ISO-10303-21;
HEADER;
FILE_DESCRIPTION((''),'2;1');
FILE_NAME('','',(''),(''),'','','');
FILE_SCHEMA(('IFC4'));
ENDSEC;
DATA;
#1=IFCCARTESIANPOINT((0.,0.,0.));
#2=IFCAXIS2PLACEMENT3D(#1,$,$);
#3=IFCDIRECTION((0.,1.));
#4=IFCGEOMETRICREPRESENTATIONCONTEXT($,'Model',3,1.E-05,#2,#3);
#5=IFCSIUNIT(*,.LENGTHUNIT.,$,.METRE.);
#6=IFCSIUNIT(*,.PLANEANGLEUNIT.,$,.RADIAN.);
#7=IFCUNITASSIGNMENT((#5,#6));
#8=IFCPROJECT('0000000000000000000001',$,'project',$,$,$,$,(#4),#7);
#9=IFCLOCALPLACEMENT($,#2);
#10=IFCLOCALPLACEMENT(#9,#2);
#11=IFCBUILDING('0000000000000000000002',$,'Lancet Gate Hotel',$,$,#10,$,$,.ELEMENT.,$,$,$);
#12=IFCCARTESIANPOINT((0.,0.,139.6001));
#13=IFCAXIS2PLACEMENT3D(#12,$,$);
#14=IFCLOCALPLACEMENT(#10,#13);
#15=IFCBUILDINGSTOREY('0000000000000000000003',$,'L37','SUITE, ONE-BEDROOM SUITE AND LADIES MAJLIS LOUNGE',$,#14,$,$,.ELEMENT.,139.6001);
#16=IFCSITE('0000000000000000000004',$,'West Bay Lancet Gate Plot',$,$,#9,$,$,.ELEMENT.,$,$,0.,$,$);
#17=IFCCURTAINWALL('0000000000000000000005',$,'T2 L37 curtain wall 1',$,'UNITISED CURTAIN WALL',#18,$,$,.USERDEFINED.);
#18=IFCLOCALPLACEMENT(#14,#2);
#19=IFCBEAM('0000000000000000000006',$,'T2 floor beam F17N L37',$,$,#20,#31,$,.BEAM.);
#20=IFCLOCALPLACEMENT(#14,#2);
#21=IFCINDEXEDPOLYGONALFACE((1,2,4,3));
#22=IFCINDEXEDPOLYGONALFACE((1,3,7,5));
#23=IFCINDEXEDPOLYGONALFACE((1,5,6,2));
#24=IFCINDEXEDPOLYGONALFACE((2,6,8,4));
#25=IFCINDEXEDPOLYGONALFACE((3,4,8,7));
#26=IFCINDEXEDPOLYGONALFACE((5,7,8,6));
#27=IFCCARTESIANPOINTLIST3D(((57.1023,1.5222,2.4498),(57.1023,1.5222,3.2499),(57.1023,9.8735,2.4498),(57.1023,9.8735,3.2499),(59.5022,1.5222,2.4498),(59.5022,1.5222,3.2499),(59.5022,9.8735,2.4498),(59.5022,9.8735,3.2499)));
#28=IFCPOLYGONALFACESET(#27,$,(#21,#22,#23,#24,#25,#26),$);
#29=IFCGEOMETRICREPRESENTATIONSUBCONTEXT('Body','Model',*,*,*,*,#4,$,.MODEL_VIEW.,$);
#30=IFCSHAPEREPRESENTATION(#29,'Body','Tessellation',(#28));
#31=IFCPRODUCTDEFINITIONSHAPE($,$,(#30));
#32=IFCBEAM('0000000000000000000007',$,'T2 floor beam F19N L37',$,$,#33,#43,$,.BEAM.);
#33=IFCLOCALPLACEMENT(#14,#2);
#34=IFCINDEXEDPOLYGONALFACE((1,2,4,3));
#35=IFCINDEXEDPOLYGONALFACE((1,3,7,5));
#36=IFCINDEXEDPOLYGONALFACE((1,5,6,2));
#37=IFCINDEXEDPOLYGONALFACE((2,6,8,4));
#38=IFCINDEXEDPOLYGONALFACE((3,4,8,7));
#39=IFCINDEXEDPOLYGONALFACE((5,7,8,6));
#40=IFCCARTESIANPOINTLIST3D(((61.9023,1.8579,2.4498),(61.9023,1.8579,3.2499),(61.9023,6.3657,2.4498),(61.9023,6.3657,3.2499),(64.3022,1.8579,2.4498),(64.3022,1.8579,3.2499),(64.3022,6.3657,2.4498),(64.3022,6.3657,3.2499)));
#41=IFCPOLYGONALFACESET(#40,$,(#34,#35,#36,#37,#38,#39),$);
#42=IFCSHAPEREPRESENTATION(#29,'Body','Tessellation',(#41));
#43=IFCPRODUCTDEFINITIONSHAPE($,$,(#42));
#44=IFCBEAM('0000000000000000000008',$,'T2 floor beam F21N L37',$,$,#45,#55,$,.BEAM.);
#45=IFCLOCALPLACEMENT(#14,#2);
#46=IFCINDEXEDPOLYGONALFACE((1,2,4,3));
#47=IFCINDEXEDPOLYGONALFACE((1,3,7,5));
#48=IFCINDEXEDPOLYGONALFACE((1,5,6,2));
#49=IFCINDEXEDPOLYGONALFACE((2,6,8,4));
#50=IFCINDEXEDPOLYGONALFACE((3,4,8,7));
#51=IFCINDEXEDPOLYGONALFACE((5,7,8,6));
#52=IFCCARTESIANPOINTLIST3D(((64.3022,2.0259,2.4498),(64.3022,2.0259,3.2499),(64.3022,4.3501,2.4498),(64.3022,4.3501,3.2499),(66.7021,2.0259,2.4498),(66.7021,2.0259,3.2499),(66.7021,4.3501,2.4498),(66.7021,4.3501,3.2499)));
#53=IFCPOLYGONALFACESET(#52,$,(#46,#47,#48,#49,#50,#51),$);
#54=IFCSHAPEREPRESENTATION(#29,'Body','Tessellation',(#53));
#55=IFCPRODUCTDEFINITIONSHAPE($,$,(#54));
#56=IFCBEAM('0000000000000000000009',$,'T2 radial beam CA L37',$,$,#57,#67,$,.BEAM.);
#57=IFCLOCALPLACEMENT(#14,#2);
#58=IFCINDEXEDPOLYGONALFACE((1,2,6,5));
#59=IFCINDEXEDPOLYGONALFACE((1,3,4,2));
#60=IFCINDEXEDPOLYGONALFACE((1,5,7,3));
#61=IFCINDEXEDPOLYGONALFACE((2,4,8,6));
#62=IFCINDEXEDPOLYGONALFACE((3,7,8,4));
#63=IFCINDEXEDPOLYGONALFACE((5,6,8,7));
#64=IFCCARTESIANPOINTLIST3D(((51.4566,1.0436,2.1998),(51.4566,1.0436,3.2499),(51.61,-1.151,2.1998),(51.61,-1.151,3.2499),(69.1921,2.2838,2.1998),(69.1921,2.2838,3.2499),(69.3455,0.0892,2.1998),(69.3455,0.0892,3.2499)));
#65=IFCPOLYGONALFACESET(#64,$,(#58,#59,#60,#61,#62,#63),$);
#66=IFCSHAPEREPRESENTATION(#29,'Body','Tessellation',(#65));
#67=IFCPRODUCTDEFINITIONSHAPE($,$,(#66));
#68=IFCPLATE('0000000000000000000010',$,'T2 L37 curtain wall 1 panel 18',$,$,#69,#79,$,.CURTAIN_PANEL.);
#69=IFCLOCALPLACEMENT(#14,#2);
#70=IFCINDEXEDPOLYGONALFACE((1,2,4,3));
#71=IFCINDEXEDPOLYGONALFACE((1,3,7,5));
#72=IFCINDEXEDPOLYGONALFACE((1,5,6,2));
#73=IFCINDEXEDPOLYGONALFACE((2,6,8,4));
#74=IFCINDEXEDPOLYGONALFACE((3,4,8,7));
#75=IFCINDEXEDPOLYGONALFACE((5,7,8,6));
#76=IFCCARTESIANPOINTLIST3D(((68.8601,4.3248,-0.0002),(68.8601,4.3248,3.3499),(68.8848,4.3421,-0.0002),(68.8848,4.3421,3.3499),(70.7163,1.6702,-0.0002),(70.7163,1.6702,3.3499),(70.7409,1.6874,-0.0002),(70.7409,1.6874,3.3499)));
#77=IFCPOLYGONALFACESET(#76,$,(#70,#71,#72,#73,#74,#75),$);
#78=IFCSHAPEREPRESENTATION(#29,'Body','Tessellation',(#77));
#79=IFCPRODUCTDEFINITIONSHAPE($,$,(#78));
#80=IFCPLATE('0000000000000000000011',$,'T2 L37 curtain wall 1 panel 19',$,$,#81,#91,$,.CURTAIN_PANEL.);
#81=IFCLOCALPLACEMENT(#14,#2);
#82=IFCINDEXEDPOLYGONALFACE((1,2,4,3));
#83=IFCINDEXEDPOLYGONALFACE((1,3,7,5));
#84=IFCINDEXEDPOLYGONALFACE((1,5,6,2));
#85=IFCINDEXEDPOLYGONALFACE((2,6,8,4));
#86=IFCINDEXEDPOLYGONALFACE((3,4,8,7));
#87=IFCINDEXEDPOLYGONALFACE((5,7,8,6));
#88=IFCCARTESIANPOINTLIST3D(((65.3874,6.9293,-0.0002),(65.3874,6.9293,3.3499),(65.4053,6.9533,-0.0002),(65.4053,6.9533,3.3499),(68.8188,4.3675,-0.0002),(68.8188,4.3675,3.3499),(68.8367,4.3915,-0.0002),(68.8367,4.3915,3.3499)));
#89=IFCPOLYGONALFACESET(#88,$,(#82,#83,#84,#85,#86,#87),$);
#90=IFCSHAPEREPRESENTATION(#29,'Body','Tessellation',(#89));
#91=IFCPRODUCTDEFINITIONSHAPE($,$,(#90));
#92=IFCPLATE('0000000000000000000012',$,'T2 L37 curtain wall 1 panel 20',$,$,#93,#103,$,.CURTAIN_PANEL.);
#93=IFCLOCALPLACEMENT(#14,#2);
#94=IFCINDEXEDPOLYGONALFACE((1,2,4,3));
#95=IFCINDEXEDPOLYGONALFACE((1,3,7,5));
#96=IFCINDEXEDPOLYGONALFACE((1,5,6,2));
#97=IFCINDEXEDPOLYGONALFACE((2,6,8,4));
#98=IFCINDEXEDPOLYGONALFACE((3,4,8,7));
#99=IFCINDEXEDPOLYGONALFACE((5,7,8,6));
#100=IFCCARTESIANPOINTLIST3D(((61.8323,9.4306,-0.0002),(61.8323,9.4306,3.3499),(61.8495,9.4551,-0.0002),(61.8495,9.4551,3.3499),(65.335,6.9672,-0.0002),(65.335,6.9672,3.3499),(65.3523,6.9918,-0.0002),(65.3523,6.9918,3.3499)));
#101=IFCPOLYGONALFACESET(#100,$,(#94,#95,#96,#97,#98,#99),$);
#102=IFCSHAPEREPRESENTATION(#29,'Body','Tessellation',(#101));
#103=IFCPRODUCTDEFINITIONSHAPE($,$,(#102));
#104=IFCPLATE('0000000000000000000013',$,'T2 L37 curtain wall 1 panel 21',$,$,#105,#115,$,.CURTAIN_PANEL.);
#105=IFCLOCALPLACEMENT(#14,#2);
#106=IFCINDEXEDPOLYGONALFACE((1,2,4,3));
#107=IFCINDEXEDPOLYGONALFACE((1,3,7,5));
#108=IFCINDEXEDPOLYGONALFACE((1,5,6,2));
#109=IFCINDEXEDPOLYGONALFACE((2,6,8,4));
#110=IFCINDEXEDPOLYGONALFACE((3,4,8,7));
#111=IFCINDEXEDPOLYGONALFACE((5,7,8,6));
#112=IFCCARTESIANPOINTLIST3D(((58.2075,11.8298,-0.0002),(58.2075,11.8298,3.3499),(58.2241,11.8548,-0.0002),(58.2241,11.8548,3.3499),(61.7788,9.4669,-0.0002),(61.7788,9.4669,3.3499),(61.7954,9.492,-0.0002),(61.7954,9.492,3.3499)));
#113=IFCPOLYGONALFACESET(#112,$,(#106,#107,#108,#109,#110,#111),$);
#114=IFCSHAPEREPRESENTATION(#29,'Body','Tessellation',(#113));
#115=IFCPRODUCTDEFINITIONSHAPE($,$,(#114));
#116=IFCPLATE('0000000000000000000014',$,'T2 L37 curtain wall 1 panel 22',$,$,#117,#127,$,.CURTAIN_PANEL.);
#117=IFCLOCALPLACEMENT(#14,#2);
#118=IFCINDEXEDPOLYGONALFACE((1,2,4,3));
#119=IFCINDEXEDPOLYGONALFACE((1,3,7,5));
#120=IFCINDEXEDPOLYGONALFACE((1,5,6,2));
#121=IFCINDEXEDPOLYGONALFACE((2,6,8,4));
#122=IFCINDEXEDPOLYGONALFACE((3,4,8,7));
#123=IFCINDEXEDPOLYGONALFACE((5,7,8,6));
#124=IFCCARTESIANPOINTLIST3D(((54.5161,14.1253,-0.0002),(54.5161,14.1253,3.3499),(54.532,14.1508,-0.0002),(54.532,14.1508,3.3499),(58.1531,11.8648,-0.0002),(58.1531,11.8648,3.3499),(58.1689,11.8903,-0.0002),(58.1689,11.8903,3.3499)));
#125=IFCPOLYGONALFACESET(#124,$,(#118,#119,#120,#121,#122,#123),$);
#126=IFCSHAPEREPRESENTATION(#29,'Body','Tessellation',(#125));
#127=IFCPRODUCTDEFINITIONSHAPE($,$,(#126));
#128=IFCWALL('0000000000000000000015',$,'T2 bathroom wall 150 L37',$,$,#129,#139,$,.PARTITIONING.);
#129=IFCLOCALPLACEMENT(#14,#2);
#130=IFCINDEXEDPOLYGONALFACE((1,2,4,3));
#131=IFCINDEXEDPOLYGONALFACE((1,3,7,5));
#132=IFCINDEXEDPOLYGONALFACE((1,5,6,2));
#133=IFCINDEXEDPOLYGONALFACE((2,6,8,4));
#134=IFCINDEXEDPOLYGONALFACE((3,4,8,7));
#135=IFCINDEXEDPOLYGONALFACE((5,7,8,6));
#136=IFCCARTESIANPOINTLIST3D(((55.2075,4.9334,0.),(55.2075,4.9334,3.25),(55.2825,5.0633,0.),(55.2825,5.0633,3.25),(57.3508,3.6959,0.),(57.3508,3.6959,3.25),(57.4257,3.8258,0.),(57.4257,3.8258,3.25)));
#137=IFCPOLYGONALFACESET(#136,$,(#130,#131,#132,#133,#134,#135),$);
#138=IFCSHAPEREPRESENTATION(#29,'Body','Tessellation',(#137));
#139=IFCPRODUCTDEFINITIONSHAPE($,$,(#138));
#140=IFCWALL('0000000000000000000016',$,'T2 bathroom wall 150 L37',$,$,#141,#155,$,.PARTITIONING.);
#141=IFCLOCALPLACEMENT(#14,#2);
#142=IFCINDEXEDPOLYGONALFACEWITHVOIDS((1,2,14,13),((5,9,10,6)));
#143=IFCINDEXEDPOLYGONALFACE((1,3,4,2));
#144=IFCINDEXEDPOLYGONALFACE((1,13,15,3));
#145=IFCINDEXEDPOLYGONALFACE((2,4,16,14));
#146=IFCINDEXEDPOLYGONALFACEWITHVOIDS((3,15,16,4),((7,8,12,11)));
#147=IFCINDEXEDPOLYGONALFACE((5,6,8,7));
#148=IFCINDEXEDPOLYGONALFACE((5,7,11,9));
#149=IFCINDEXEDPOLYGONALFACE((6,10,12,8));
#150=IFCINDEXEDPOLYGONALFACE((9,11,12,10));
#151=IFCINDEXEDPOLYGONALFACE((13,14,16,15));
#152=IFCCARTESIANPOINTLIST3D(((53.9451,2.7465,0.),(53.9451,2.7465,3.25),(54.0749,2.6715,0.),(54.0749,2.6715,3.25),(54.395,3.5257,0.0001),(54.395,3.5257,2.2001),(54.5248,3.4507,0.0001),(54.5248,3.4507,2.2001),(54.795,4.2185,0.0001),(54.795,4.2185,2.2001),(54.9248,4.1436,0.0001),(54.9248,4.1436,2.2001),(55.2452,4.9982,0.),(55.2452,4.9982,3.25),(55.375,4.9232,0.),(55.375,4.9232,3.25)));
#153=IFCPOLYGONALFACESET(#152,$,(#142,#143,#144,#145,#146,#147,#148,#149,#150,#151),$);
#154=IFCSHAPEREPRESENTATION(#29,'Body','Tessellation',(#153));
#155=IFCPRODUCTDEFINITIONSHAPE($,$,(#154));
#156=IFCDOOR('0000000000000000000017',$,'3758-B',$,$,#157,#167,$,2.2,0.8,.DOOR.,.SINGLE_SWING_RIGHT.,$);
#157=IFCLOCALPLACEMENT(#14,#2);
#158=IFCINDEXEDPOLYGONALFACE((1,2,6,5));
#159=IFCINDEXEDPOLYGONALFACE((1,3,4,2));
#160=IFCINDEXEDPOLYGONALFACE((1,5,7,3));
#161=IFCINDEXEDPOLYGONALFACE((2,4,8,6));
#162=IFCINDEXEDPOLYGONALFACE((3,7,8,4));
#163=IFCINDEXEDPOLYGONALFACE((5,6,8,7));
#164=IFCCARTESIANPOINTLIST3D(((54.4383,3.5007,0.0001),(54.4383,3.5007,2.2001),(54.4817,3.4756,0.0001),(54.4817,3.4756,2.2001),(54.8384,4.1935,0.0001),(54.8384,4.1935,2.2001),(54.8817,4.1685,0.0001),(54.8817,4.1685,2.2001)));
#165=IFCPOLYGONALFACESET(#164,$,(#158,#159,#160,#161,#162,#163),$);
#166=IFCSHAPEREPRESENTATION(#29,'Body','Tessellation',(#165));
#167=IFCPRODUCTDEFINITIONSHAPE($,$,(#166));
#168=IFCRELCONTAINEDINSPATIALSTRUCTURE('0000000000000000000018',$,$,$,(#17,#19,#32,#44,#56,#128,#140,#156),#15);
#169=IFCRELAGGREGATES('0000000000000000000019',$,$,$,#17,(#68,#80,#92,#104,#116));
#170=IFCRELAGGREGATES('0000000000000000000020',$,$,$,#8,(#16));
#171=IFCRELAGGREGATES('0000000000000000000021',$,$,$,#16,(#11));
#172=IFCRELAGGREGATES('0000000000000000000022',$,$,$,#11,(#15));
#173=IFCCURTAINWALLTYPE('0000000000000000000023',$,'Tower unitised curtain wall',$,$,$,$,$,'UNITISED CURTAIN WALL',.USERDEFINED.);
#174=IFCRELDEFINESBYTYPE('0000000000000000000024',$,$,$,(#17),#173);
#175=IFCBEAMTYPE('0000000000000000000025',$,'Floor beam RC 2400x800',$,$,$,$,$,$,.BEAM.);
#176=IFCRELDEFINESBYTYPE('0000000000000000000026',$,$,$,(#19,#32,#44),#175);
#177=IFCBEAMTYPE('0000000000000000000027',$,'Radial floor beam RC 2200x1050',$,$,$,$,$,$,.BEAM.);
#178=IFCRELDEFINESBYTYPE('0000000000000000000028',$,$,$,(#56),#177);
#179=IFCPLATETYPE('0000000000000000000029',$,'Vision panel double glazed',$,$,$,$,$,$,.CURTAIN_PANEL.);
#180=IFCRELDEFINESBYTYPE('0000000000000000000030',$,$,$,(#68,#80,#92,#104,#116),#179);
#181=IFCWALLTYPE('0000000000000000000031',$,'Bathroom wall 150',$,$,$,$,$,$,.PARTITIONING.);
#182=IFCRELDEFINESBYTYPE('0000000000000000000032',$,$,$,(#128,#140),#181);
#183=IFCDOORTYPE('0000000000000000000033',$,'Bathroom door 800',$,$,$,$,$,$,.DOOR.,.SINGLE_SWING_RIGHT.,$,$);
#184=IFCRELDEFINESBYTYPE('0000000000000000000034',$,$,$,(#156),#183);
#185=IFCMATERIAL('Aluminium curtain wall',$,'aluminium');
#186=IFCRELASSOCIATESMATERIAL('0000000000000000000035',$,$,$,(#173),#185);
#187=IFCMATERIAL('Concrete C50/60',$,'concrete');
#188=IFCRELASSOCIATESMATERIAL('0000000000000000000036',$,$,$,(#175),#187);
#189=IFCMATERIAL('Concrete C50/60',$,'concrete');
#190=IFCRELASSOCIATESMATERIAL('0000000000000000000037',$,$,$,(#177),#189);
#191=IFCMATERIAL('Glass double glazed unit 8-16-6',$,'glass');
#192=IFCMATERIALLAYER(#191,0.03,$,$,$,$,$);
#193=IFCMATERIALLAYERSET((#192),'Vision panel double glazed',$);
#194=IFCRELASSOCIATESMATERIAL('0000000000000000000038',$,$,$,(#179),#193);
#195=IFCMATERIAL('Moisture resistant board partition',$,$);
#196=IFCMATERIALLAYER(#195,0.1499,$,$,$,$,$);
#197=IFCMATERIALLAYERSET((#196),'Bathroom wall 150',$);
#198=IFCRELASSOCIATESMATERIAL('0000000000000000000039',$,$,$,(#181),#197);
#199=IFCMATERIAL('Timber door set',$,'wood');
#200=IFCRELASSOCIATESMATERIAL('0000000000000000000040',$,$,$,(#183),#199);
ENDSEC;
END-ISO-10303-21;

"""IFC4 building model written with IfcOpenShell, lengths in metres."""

from ifc_helpers import new_model, si_unit, direction, frame, frame_2d, origin, origin_2d, place, context, subcontext, project, spatial, rectangle, extrude, material, layer, layer_set, material_profile, profile_set, type_object, element, fill, aggregate, save


model = new_model("IFC4")

# Units and contexts
model_context = context("Model", 3, precision=1e-05, world=origin(), true_north=direction((0.0, 1.0)))
body_context = subcontext(model_context, "Body", "Model", "MODEL_VIEW")
ifc_project = project(units=[si_unit("LENGTHUNIT", "METRE"), si_unit("PLANEANGLEUNIT", "RADIAN")], contexts=[model_context])

# Site, building, storey
site_placement = place(None, origin())
site = spatial("IfcSite", under=ifc_project, at=site_placement, Name="West Bay Lancet Gate Plot", CompositionType="ELEMENT", RefElevation=0.0)
building_placement = place(site_placement, origin())
building = spatial("IfcBuilding", under=site, at=building_placement, Name="Lancet Gate Hotel", CompositionType="ELEMENT")
storey_placement = place(building_placement, frame((0.0, 0.0, 139.6001)))
storey = spatial("IfcBuildingStorey", under=building, at=storey_placement, Name="L37", Description="SUITE, ONE-BEDROOM SUITE AND LADIES MAJLIS LOUNGE", CompositionType="ELEMENT", Elevation=139.6001)

# Curtain wall
ifc_material_1 = material(Name="Aluminium curtain wall", Category="aluminium")
curtain_wall_type = type_object("IfcCurtainWallType", Name="Tower unitised curtain wall", ElementType="UNITISED CURTAIN WALL", PredefinedType="USERDEFINED", material=ifc_material_1)
curtain_wall_placement = place(storey_placement, origin())
curtain_wall = element("IfcCurtainWall", 1, at=curtain_wall_placement, inside=storey, type_object=curtain_wall_type, Name="T2 L37 curtain wall 1", ObjectType="UNITISED CURTAIN WALL", PredefinedType="USERDEFINED")

# Beams
ifc_material_2 = material(Name="Concrete C50/60", Category="concrete")
ifc_material_profile_1 = material_profile(ifc_material_2, rectangle(XDim=2.3999, YDim=0.8, at=origin_2d()), Name="RC 2400x800")
ifc_profile_set_1 = profile_set([ifc_material_profile_1], Name="Concrete C50/60")
beam_type_1 = type_object("IfcBeamType", Name="Floor beam RC 2400x800", PredefinedType="BEAM", material=ifc_profile_set_1)
beam_1_placement = place(storey_placement, frame((58.3022, 1.5222, 2.8499), z_axis=(0.0, 1.0, 0.0), x_axis=(-1.0, 0.0, 0.0)))
element("IfcBeam", 2, at=beam_1_placement, inside=storey, type_object=beam_type_1, Name="T2 floor beam F17N L37", PredefinedType="BEAM", context=body_context, shape_type="SweptSolid", body=[
    extrude(rectangle(XDim=2.3999, YDim=0.8, at=origin_2d()), origin(), (0.0, 0.0, 1.0), 8.3513),
])
beam_2_placement = place(storey_placement, frame((63.1023, 1.8579, 2.8499), z_axis=(0.0, 1.0, 0.0), x_axis=(-1.0, 0.0, 0.0)))
element("IfcBeam", 3, at=beam_2_placement, inside=storey, type_object=beam_type_1, Name="T2 floor beam F19N L37", PredefinedType="BEAM", context=body_context, shape_type="SweptSolid", body=[
    extrude(rectangle(XDim=2.3999, YDim=0.8, at=origin_2d()), origin(), (0.0, 0.0, 1.0), 4.5078),
])
beam_3_placement = place(storey_placement, frame((65.5022, 2.0259, 2.8499), z_axis=(0.0, 1.0, 0.0), x_axis=(-1.0, 0.0, 0.0)))
element("IfcBeam", 4, at=beam_3_placement, inside=storey, type_object=beam_type_1, Name="T2 floor beam F21N L37", PredefinedType="BEAM", context=body_context, shape_type="SweptSolid", body=[
    extrude(rectangle(XDim=2.3999, YDim=0.8, at=origin_2d()), origin(), (0.0, 0.0, 1.0), 2.3242),
])
ifc_material_3 = material(Name="Concrete C50/60", Category="concrete")
ifc_material_profile_2 = material_profile(ifc_material_3, rectangle(XDim=2.2, YDim=1.05, at=origin_2d()), Name="RC 2200x1050")
ifc_profile_set_2 = profile_set([ifc_material_profile_2], Name="Concrete C50/60")
beam_type_2 = type_object("IfcBeamType", Name="Radial floor beam RC 2200x1050", PredefinedType="BEAM", material=ifc_profile_set_2)
beam_4_placement = place(storey_placement, frame((69.2688, 1.1865, 2.7249), z_axis=(-0.997564, -0.069759, 0.0), x_axis=(0.069759, -0.997564, 0.0)))
element("IfcBeam", 5, at=beam_4_placement, inside=storey, type_object=beam_type_2, Name="T2 radial beam CA L37", PredefinedType="BEAM", context=body_context, shape_type="SweptSolid", body=[
    extrude(rectangle(XDim=2.2, YDim=1.05, at=origin_2d()), origin(), (0.0, 0.0, 1.0), 17.7788),
])

# Plates
ifc_material_4 = material(Name="Glass double glazed unit 8-16-6", Category="glass")
ifc_layer_1 = layer(ifc_material_4, 0.03)
ifc_layer_set_1 = layer_set([ifc_layer_1], Name="Vision panel double glazed")
plate_type = type_object("IfcPlateType", Name="Vision panel double glazed", PredefinedType="CURTAIN_PANEL", material=ifc_layer_set_1)
plate_1_placement = place(storey_placement, frame((69.8005, 3.0061, -0.0002), z_axis=(0.0, 0.0, 1.0), x_axis=(-0.573025, 0.819538, 0.0)))
plate_1 = element("IfcPlate", 6, at=plate_1_placement, type_object=plate_type, Name="T2 L37 curtain wall 1 panel 18", PredefinedType="CURTAIN_PANEL", context=body_context, shape_type="SweptSolid", body=[
    extrude(rectangle(XDim=3.2393, YDim=0.03, at=origin_2d()), origin(), (0.0, 0.0, 1.0), 3.3501),
])
plate_2_placement = place(storey_placement, frame((67.1121, 5.6604, -0.0002), z_axis=(0.0, 0.0, 1.0), x_axis=(-0.801314, 0.598244, 0.0)))
plate_2 = element("IfcPlate", 7, at=plate_2_placement, type_object=plate_type, Name="T2 L37 curtain wall 1 panel 19", PredefinedType="CURTAIN_PANEL", context=body_context, shape_type="SweptSolid", body=[
    extrude(rectangle(XDim=4.2822, YDim=0.03, at=origin_2d()), origin(), (0.0, 0.0, 1.0), 3.3501),
])
plate_3_placement = place(storey_placement, frame((63.5923, 8.2112, -0.0002), z_axis=(0.0, 0.0, 1.0), x_axis=(-0.817979, 0.575247, 0.0)))
plate_3 = element("IfcPlate", 8, at=plate_3_placement, type_object=plate_type, Name="T2 L37 curtain wall 1 panel 20", PredefinedType="CURTAIN_PANEL", context=body_context, shape_type="SweptSolid", body=[
    extrude(rectangle(XDim=4.2822, YDim=0.03, at=origin_2d()), origin(), (0.0, 0.0, 1.0), 3.3501),
])
plate_4_placement = place(storey_placement, frame((60.0015, 10.6609, -0.0002), z_axis=(0.0, 0.0, 1.0), x_axis=(-0.833985, 0.551787, 0.0)))
plate_4 = element("IfcPlate", 9, at=plate_4_placement, type_object=plate_type, Name="T2 L37 curtain wall 1 panel 21", PredefinedType="CURTAIN_PANEL", context=body_context, shape_type="SweptSolid", body=[
    extrude(rectangle(XDim=4.2822, YDim=0.03, at=origin_2d()), origin(), (0.0, 0.0, 1.0), 3.3501),
])
plate_5_placement = place(storey_placement, frame((56.3425, 13.0078, -0.0002), z_axis=(0.0, 0.0, 1.0), x_axis=(-0.849318, 0.527882, 0.0)))
plate_5 = element("IfcPlate", 10, at=plate_5_placement, type_object=plate_type, Name="T2 L37 curtain wall 1 panel 22", PredefinedType="CURTAIN_PANEL", context=body_context, shape_type="SweptSolid", body=[
    extrude(rectangle(XDim=4.2822, YDim=0.03, at=origin_2d()), origin(), (0.0, 0.0, 1.0), 3.3501),
])
aggregate(curtain_wall, [plate_1, plate_2, plate_3, plate_4, plate_5])

# Wall
ifc_material_5 = material(Name="Moisture resistant board partition")
ifc_layer_2 = layer(ifc_material_5, 0.1499)
ifc_layer_set_2 = layer_set([ifc_layer_2], Name="Bathroom wall 150")
wall_type = type_object("IfcWallType", Name="Bathroom wall 150", PredefinedType="PARTITIONING", material=ifc_layer_set_2)
wall_1_placement = place(storey_placement, frame((55.2451, 4.9983, 0.0), z_axis=(0.0, 0.0, 1.0), x_axis=(0.866007, -0.500033, 0.0)))
element("IfcWall", 11, at=wall_1_placement, inside=storey, type_object=wall_type, Name="T2 bathroom wall 150 L37", PredefinedType="PARTITIONING", context=body_context, shape_type="SweptSolid", body=[
    extrude(rectangle(XDim=2.4749, YDim=0.1499, at=frame_2d((1.2373, 0.0))), origin(), (0.0, 0.0, 1.0), 3.25),
])

# Wall, opening, door
wall_2_placement = place(storey_placement, frame((54.01, 2.709, 0.0), z_axis=(0.0, 0.0, 1.0), x_axis=(0.500007, 0.866021, 0.0)))
wall_2 = element("IfcWall", 12, at=wall_2_placement, inside=storey, type_object=wall_type, Name="T2 bathroom wall 150 L37", PredefinedType="PARTITIONING", context=body_context, shape_type="SweptSolid", body=[
    extrude(rectangle(XDim=2.6001, YDim=0.1499, at=frame_2d((1.3, 0.0))), origin(), (0.0, 0.0, 1.0), 3.25),
])
opening_placement = place(wall_2_placement, frame((0.8999, 0.0, 0.0)))
opening = element("IfcOpeningElement", 13, at=opening_placement, cuts=wall_2, PredefinedType="OPENING", context=body_context, shape_type="SweptSolid", body=[
    extrude(rectangle(XDim=0.8, YDim=2.2, at=frame_2d((0.3999, 1.1001))), frame((0.0, 0.085, 0.0), z_axis=(0.0, -1.0, 0.0), x_axis=(1.0, 0.0, 0.0)), (0.0, 0.0, 1.0), 0.1699),
])
ifc_material_6 = material(Name="Timber door set", Category="wood")
door_type = type_object("IfcDoorType", Name="Bathroom door 800", OperationType="SINGLE_SWING_RIGHT", PredefinedType="DOOR", material=ifc_material_6)
door_placement = place(opening_placement, origin())
door = element("IfcDoor", 14, at=door_placement, inside=storey, type_object=door_type, Name="3758-B", OperationType="SINGLE_SWING_RIGHT", OverallHeight=2.2, OverallWidth=0.8, PredefinedType="DOOR", context=body_context, shape_type="SweptSolid", body=[
    extrude(rectangle(XDim=0.8, YDim=2.2, at=frame_2d((0.3999, 1.1001))), frame((0.0, 0.0249, 0.0), z_axis=(0.0, -1.0, 0.0), x_axis=(1.0, 0.0, 0.0)), (0.0, 0.0, 1.0), 0.05),
])
fill(opening, door)

save(model, "model.ifc")
